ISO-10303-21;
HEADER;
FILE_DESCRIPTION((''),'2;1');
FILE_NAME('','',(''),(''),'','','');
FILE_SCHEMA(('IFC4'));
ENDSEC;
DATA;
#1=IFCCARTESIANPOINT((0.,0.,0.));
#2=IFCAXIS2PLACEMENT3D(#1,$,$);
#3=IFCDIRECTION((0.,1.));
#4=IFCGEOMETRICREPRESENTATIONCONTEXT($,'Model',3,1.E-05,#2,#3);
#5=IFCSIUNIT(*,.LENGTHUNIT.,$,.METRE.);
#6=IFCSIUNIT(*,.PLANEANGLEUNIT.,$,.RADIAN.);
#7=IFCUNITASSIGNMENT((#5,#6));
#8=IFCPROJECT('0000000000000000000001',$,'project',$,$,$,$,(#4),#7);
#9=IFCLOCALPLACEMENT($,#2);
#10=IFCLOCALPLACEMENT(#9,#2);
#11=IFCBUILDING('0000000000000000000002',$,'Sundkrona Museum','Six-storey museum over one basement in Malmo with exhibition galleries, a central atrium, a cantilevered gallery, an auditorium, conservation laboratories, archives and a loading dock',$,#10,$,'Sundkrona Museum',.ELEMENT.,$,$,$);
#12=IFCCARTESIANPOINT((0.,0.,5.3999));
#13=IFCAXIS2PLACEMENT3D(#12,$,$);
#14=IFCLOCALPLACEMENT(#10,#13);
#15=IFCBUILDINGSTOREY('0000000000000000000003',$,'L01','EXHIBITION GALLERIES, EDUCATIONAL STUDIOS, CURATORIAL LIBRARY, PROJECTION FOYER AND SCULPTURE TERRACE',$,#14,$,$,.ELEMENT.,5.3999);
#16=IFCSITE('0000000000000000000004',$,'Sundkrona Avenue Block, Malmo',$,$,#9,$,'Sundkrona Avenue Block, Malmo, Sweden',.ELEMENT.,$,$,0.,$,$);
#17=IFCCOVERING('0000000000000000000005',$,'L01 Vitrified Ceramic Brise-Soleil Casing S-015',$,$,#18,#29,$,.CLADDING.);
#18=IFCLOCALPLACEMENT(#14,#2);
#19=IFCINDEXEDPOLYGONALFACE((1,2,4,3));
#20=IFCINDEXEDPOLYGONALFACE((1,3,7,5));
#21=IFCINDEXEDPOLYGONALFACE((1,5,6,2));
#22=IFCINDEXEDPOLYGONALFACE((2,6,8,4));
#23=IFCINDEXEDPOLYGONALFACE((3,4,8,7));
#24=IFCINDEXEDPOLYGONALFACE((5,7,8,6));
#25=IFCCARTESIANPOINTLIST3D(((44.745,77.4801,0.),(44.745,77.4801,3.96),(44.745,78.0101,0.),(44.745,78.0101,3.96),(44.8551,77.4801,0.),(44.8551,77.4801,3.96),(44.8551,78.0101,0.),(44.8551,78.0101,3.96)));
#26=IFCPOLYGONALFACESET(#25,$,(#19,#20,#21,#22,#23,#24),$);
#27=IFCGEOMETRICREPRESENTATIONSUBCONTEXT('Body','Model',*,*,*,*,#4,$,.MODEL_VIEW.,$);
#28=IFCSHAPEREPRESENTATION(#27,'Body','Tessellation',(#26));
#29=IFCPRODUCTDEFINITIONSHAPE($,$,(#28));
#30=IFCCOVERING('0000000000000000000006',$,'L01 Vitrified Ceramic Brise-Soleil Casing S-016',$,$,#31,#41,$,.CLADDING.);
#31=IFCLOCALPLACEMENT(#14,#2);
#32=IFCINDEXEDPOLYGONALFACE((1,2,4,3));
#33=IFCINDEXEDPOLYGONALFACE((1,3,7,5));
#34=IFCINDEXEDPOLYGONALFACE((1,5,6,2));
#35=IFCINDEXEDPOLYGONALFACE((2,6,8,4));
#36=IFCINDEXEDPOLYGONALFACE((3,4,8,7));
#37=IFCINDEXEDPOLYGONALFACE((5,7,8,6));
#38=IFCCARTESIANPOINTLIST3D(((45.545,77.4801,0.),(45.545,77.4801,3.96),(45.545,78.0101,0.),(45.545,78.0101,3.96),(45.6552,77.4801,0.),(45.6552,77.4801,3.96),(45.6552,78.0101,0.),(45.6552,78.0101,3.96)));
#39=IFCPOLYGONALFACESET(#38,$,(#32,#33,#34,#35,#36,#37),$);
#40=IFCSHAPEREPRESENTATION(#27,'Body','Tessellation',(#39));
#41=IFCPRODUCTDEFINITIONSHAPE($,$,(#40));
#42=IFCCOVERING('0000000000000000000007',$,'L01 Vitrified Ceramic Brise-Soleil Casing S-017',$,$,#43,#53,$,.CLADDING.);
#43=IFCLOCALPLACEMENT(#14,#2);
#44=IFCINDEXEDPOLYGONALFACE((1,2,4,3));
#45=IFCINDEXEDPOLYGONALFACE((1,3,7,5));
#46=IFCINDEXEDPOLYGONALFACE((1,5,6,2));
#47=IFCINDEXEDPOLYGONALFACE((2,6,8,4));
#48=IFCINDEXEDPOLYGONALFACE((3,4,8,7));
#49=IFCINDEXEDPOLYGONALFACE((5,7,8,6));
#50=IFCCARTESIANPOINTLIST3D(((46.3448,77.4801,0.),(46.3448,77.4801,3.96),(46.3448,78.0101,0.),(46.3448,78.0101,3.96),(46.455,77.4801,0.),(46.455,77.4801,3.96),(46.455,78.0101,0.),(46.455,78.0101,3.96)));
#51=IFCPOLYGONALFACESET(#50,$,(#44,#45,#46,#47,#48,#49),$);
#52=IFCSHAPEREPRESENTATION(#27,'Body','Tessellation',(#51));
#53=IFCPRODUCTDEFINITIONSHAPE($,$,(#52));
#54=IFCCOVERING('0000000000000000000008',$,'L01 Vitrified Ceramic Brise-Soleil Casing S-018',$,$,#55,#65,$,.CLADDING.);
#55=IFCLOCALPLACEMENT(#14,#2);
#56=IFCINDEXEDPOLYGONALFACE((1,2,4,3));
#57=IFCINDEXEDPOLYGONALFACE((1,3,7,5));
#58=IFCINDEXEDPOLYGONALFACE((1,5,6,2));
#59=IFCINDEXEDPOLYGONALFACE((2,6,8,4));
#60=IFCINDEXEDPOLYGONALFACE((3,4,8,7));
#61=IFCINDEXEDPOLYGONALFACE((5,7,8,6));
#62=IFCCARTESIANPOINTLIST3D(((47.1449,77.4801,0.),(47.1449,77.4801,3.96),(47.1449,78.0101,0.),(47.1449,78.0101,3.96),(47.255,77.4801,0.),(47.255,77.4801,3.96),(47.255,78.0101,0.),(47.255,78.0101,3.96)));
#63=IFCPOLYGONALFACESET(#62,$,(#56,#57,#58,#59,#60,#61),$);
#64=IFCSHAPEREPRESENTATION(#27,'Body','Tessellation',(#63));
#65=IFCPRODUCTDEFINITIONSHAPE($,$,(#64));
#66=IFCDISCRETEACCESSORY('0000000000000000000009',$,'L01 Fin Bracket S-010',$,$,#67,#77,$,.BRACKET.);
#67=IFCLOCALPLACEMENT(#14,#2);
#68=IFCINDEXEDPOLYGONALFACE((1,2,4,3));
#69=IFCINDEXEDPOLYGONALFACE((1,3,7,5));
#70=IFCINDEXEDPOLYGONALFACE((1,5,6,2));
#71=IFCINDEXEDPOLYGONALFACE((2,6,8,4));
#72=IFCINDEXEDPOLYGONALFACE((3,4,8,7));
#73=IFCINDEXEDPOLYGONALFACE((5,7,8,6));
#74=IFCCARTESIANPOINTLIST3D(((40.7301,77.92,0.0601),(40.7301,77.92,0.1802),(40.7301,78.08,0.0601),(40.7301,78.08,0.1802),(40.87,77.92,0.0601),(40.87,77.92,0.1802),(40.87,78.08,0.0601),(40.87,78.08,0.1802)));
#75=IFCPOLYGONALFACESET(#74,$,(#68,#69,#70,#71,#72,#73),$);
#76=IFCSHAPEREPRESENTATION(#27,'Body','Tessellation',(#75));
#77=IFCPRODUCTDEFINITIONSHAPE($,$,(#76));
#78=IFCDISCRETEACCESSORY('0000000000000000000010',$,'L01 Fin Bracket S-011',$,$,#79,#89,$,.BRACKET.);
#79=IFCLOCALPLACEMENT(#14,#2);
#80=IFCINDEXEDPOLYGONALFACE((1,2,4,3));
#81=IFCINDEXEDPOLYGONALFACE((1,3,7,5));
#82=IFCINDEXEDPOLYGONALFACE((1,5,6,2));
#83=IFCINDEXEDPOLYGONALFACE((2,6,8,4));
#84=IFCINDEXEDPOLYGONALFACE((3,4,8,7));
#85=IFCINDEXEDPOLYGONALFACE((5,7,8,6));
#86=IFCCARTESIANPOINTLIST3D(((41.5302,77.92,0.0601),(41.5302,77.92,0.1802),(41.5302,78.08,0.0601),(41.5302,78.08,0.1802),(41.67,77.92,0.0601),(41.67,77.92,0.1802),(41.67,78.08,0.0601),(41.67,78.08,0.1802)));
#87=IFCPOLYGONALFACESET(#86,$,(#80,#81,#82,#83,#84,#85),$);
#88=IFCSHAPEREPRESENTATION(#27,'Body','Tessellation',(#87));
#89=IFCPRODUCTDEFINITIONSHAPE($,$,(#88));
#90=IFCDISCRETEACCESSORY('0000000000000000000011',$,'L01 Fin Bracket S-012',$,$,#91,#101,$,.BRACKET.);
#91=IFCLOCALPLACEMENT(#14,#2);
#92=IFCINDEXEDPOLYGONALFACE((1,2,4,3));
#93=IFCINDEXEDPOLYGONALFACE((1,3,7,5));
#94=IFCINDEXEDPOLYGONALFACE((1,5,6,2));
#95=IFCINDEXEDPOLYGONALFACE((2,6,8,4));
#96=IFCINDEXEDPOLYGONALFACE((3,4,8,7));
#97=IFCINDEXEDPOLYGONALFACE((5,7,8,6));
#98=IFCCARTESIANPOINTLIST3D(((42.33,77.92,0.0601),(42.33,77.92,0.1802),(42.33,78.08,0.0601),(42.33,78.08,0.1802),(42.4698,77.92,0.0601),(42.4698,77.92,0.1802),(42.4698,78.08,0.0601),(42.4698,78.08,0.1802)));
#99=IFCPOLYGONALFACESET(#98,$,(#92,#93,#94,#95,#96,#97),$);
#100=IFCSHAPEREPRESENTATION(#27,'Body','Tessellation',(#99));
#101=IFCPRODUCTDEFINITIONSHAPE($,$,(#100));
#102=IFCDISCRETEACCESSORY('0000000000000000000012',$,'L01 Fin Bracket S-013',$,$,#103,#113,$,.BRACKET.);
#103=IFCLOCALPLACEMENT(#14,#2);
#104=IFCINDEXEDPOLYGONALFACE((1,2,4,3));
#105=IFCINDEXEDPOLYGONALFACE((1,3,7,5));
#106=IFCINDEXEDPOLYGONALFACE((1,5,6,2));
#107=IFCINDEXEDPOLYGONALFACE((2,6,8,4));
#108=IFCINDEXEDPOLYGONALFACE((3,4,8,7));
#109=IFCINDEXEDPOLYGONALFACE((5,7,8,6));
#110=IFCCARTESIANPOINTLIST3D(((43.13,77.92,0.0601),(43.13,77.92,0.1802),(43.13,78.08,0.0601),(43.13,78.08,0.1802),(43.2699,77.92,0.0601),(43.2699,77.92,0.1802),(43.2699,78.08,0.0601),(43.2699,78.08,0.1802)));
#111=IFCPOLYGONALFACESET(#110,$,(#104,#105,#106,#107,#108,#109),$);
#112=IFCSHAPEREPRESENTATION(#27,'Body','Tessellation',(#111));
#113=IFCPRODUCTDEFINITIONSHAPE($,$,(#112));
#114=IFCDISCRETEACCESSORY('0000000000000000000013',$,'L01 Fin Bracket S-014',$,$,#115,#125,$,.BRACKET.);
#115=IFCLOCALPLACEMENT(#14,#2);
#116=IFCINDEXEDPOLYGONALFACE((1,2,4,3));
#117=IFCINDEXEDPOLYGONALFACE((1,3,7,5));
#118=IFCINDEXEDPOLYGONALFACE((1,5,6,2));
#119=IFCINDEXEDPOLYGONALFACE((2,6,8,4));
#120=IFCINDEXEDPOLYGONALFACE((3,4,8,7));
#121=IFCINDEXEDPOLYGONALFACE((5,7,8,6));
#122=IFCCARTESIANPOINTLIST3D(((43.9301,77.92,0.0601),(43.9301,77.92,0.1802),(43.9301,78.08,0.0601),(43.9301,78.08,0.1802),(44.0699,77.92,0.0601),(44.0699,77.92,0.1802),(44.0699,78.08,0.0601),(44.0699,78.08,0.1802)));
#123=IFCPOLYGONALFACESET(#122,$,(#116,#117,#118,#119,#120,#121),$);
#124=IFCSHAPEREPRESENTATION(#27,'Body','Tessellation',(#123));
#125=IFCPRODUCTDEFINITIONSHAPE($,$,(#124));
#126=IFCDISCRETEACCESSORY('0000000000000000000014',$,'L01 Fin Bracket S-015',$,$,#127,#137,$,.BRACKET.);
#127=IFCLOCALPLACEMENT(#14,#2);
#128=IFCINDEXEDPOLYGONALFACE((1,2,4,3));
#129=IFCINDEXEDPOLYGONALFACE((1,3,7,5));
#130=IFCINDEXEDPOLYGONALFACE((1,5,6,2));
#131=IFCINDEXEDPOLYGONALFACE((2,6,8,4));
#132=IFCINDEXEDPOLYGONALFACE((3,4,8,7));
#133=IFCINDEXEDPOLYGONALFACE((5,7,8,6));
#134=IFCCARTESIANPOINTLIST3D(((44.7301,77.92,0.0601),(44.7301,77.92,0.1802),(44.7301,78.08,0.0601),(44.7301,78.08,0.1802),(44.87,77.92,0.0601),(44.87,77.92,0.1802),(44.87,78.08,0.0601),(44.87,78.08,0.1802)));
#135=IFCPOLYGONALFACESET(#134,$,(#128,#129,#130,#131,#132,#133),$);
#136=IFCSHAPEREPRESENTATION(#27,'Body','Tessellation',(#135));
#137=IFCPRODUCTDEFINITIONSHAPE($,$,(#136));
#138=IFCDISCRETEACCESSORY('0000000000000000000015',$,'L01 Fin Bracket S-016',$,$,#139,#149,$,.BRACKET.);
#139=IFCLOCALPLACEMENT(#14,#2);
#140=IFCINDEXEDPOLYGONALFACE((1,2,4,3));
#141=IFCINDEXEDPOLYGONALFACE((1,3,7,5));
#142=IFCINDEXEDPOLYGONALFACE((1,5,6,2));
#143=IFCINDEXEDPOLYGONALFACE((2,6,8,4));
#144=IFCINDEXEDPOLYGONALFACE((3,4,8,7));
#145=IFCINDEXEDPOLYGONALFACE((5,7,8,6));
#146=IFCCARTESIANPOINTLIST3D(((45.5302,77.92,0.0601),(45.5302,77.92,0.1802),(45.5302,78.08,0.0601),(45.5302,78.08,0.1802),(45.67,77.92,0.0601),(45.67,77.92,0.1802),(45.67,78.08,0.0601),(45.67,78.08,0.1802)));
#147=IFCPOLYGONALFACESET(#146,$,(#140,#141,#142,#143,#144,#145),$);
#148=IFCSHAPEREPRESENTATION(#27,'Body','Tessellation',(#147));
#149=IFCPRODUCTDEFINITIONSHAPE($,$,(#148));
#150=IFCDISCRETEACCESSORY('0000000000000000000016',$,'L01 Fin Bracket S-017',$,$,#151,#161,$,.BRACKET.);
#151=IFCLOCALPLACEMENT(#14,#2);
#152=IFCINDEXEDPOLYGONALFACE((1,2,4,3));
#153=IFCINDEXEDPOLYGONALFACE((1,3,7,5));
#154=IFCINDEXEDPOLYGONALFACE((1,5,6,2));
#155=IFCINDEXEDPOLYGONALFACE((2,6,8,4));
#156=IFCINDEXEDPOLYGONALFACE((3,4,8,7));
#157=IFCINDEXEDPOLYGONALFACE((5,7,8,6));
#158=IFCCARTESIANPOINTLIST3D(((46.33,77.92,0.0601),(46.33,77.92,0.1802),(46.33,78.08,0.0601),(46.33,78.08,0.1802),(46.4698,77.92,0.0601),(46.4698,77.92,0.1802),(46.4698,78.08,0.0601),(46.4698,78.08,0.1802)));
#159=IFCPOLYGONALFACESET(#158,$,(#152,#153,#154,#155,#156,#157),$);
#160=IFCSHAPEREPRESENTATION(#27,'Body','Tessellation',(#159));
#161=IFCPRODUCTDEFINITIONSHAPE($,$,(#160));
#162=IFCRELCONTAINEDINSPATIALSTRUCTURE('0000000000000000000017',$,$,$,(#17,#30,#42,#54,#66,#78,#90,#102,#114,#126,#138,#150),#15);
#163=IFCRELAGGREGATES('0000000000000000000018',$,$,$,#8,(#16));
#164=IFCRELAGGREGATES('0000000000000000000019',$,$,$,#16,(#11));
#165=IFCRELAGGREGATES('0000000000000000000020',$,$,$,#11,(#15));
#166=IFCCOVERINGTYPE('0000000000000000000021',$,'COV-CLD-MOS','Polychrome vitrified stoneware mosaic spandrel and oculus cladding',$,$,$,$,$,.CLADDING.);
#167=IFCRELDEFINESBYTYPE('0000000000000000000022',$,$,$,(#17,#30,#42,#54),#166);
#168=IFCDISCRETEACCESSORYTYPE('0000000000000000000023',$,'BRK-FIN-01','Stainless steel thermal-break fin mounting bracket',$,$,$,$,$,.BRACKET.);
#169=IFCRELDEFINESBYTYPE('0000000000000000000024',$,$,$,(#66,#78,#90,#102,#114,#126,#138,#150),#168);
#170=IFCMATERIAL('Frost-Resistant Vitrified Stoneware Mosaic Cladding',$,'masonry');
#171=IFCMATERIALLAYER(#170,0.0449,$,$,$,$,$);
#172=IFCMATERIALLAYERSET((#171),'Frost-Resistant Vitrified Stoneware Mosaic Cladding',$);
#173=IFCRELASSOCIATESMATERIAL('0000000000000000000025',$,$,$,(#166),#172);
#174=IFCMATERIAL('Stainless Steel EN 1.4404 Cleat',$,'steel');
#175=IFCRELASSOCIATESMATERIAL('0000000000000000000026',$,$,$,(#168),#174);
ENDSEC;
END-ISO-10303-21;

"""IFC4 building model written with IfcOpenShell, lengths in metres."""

from ifc_helpers import new_model, si_unit, direction, frame, origin, origin_2d, place, context, subcontext, project, spatial, rectangle, extrude, material, layer, layer_set, type_object, element, save


model = new_model("IFC4")

# Units and contexts
model_context = context("Model", 3, precision=1e-05, world=origin(), true_north=direction((0.0, 1.0)))
body_context = subcontext(model_context, "Body", "Model", "MODEL_VIEW")
ifc_project = project(units=[si_unit("LENGTHUNIT", "METRE"), si_unit("PLANEANGLEUNIT", "RADIAN")], contexts=[model_context])

# Site, building, storey
site_placement = place(None, origin())
site = spatial("IfcSite", under=ifc_project, at=site_placement, Name="Sundkrona Avenue Block, Malmo", LongName="Sundkrona Avenue Block, Malmo, Sweden", CompositionType="ELEMENT", RefElevation=0.0)
building_placement = place(site_placement, origin())
building = spatial("IfcBuilding", under=site, at=building_placement, Name="Sundkrona Museum", Description="Six-storey museum over one basement in Malmo with exhibition galleries, a central atrium, a cantilevered gallery, an auditorium, conservation laboratories, archives and a loading dock", LongName="Sundkrona Museum", CompositionType="ELEMENT")
storey_placement = place(building_placement, frame((0.0, 0.0, 5.3999)))
storey = spatial("IfcBuildingStorey", under=building, at=storey_placement, Name="L01", Description="EXHIBITION GALLERIES, EDUCATIONAL STUDIOS, CURATORIAL LIBRARY, PROJECTION FOYER AND SCULPTURE TERRACE", CompositionType="ELEMENT", Elevation=5.3999)

# Coverings
ifc_material_1 = material(Name="Frost-Resistant Vitrified Stoneware Mosaic Cladding", Category="masonry")
ifc_layer_1 = layer(ifc_material_1, 0.0449)
ifc_layer_set_1 = layer_set([ifc_layer_1], Name="Frost-Resistant Vitrified Stoneware Mosaic Cladding")
covering_type = type_object("IfcCoveringType", Name="COV-CLD-MOS", Description="Polychrome vitrified stoneware mosaic spandrel and oculus cladding", PredefinedType="CLADDING", material=ifc_layer_set_1)
for number, where, z_axis, x_axis, name in (
    (1, (44.8, 77.7451, 0.0), (0.0, 0.0, 1.0), (1.0, 0.0, 0.0), "L01 Vitrified Ceramic Brise-Soleil Casing S-015"),
    (2, (45.6001, 77.7451, 0.0), (0.0, 0.0, 1.0), (1.0, 0.0, 0.0), "L01 Vitrified Ceramic Brise-Soleil Casing S-016"),
    (3, (46.3999, 77.7451, 0.0), (0.0, 0.0, 1.0), (1.0, 0.0, 0.0), "L01 Vitrified Ceramic Brise-Soleil Casing S-017"),
    (4, (47.2, 77.7451, 0.0), (0.0, 0.0, 1.0), (1.0, 0.0, 0.0), "L01 Vitrified Ceramic Brise-Soleil Casing S-018"),
):
    element("IfcCovering", number, at=place(storey_placement, frame(where, z_axis=z_axis, x_axis=x_axis)), inside=storey, type_object=covering_type, Name=name, PredefinedType="CLADDING", context=body_context, shape_type="SweptSolid", body=[
        extrude(rectangle(XDim=0.1101, YDim=0.53, at=origin_2d()), origin(), (0.0, 0.0, 1.0), 3.96),
    ])

# Discrete accessories
ifc_material_2 = material(Name="Stainless Steel EN 1.4404 Cleat", Category="steel")
discrete_accessory_type = type_object("IfcDiscreteAccessoryType", Name="BRK-FIN-01", Description="Stainless steel thermal-break fin mounting bracket", PredefinedType="BRACKET", material=ifc_material_2)
for number, where, z_axis, x_axis, name in (
    (5, (40.8, 78.0, 0.0601), (0.0, 0.0, 1.0), (1.0, 0.0, 0.0), "L01 Fin Bracket S-010"),
    (6, (41.6001, 78.0, 0.0601), (0.0, 0.0, 1.0), (1.0, 0.0, 0.0), "L01 Fin Bracket S-011"),
    (7, (42.3999, 78.0, 0.0601), (0.0, 0.0, 1.0), (1.0, 0.0, 0.0), "L01 Fin Bracket S-012"),
    (8, (43.2, 78.0, 0.0601), (0.0, 0.0, 1.0), (1.0, 0.0, 0.0), "L01 Fin Bracket S-013"),
    (9, (44.0, 78.0, 0.0601), (0.0, 0.0, 1.0), (1.0, 0.0, 0.0), "L01 Fin Bracket S-014"),
    (10, (44.8, 78.0, 0.0601), (0.0, 0.0, 1.0), (1.0, 0.0, 0.0), "L01 Fin Bracket S-015"),
    (11, (45.6001, 78.0, 0.0601), (0.0, 0.0, 1.0), (1.0, 0.0, 0.0), "L01 Fin Bracket S-016"),
    (12, (46.3999, 78.0, 0.0601), (0.0, 0.0, 1.0), (1.0, 0.0, 0.0), "L01 Fin Bracket S-017"),
):
    element("IfcDiscreteAccessory", number, at=place(storey_placement, frame(where, z_axis=z_axis, x_axis=x_axis)), inside=storey, type_object=discrete_accessory_type, Name=name, PredefinedType="BRACKET", context=body_context, shape_type="SweptSolid", body=[
        extrude(rectangle(XDim=0.1399, YDim=0.1599, at=origin_2d()), origin(), (0.0, 0.0, 1.0), 0.1201),
    ])

save(model, "model.ifc")
